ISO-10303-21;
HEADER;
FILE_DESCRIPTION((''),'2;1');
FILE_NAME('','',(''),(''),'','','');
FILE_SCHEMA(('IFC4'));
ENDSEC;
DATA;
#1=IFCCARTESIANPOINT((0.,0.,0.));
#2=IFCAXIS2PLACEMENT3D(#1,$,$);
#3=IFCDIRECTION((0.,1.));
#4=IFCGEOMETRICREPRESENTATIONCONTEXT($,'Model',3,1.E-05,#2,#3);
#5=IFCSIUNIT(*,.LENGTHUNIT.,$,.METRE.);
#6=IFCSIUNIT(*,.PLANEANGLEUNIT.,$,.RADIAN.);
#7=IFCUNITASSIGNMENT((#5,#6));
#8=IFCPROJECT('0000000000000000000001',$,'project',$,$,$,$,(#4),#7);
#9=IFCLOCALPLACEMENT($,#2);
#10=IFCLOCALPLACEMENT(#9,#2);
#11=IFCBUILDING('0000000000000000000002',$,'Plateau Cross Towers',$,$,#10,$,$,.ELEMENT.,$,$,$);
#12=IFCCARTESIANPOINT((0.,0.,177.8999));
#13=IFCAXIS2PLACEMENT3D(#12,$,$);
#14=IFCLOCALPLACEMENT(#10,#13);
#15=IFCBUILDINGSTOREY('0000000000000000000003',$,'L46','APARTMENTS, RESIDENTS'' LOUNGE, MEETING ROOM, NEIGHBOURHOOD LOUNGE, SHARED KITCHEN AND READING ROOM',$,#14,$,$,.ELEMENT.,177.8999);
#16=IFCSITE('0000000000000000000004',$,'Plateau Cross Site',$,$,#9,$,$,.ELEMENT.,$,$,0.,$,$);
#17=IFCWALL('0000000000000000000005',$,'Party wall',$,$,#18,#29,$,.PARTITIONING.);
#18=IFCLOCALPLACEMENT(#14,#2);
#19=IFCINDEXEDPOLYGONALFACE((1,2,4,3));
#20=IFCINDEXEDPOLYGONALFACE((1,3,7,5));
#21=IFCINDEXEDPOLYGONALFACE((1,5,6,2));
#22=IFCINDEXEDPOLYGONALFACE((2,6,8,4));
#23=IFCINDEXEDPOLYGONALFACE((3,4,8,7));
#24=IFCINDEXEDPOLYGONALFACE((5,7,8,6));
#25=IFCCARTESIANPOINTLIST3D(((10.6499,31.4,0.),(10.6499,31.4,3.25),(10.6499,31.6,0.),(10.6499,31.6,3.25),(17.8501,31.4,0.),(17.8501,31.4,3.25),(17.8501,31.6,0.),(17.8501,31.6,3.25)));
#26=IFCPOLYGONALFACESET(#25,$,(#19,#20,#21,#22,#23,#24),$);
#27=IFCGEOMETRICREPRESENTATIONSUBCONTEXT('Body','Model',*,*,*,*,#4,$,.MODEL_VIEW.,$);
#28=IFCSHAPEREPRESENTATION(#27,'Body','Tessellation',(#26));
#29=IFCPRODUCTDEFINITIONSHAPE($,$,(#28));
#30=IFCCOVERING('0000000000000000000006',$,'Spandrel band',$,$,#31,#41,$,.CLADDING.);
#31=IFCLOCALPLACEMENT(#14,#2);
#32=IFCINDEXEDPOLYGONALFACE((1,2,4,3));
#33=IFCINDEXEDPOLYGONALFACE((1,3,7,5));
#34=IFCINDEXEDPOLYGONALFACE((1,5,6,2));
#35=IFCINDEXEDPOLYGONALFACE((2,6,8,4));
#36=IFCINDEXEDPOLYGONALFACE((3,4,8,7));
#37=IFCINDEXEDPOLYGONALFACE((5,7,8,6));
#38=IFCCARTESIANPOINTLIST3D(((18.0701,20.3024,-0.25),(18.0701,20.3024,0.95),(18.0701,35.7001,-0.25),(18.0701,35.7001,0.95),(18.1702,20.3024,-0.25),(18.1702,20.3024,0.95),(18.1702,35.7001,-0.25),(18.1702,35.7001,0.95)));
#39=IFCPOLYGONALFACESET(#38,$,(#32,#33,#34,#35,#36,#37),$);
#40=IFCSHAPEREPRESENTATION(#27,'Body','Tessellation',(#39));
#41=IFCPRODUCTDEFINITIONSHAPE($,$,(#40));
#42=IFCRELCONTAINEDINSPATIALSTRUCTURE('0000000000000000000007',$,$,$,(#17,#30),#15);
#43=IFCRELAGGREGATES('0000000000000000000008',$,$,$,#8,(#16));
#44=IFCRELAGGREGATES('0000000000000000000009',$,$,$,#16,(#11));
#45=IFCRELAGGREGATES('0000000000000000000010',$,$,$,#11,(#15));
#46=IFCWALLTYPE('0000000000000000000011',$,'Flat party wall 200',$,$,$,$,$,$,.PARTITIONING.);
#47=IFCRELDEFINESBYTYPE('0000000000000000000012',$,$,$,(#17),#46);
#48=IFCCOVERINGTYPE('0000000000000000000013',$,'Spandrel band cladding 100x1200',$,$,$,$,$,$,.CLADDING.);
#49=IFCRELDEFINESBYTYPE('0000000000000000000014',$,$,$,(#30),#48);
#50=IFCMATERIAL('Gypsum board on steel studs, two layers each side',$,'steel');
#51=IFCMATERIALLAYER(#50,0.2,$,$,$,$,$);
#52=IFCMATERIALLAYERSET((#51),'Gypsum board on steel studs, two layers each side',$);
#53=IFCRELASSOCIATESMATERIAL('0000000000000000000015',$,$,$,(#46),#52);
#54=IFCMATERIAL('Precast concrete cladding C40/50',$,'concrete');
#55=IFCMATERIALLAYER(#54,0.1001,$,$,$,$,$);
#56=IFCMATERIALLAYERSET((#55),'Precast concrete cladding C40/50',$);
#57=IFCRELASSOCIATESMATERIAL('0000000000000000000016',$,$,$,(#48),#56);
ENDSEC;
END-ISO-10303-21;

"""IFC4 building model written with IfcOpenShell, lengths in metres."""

from ifc_helpers import new_model, si_unit, direction, frame, frame_2d, origin, origin_2d, place, context, subcontext, project, spatial, rectangle, extrude, material, layer, layer_set, type_object, element, save


model = new_model("IFC4")

# Units and contexts
model_context = context("Model", 3, precision=1e-05, world=origin(), true_north=direction((0.0, 1.0)))
body_context = subcontext(model_context, "Body", "Model", "MODEL_VIEW")
ifc_project = project(units=[si_unit("LENGTHUNIT", "METRE"), si_unit("PLANEANGLEUNIT", "RADIAN")], contexts=[model_context])

# Site, building, storey
site_placement = place(None, origin())
site = spatial("IfcSite", under=ifc_project, at=site_placement, Name="Plateau Cross Site", CompositionType="ELEMENT", RefElevation=0.0)
building_placement = place(site_placement, origin())
building = spatial("IfcBuilding", under=site, at=building_placement, Name="Plateau Cross Towers", CompositionType="ELEMENT")
storey_placement = place(building_placement, frame((0.0, 0.0, 177.8999)))
storey = spatial("IfcBuildingStorey", under=building, at=storey_placement, Name="L46", Description="APARTMENTS, RESIDENTS' LOUNGE, MEETING ROOM, NEIGHBOURHOOD LOUNGE, SHARED KITCHEN AND READING ROOM", CompositionType="ELEMENT", Elevation=177.8999)

# Wall
ifc_material_1 = material(Name="Gypsum board on steel studs, two layers each side", Category="steel")
ifc_layer_1 = layer(ifc_material_1, 0.2)
ifc_layer_set_1 = layer_set([ifc_layer_1], Name="Gypsum board on steel studs, two layers each side")
wall_type_1 = type_object("IfcWallType", Name="Flat party wall 200", PredefinedType="PARTITIONING", material=ifc_layer_set_1)
wall_1_placement = place(storey_placement, frame((17.8501, 31.5, 0.0), z_axis=(0.0, 0.0, 1.0), x_axis=(-1.0, 0.0, 0.0)))
element("IfcWall", 1, at=wall_1_placement, inside=storey, type_object=wall_type_1, Name="Party wall", PredefinedType="PARTITIONING", context=body_context, shape_type="SweptSolid", body=[
    extrude(rectangle(XDim=7.2002, YDim=0.2, at=frame_2d((3.6001, 0.0))), origin(), (0.0, 0.0, 1.0), 3.25),
])

# Covering
ifc_material_2 = material(Name="Precast concrete cladding C40/50", Category="concrete")
ifc_layer_2 = layer(ifc_material_2, 0.1001)
ifc_layer_set_2 = layer_set([ifc_layer_2], Name="Precast concrete cladding C40/50")
covering_type = type_object("IfcCoveringType", Name="Spandrel band cladding 100x1200", PredefinedType="CLADDING", material=ifc_layer_set_2)
covering_placement = place(storey_placement, frame((18.1201, 28.0012, -0.25), z_axis=(0.0, 0.0, 1.0), x_axis=(0.0, 1.0, 0.0)))
element("IfcCovering", 2, at=covering_placement, inside=storey, type_object=covering_type, Name="Spandrel band", PredefinedType="CLADDING", context=body_context, shape_type="SweptSolid", body=[
    extrude(rectangle(XDim=15.3977, YDim=0.1001, at=origin_2d()), origin(), (0.0, 0.0, 1.0), 1.2),
])

save(model, "model.ifc")
